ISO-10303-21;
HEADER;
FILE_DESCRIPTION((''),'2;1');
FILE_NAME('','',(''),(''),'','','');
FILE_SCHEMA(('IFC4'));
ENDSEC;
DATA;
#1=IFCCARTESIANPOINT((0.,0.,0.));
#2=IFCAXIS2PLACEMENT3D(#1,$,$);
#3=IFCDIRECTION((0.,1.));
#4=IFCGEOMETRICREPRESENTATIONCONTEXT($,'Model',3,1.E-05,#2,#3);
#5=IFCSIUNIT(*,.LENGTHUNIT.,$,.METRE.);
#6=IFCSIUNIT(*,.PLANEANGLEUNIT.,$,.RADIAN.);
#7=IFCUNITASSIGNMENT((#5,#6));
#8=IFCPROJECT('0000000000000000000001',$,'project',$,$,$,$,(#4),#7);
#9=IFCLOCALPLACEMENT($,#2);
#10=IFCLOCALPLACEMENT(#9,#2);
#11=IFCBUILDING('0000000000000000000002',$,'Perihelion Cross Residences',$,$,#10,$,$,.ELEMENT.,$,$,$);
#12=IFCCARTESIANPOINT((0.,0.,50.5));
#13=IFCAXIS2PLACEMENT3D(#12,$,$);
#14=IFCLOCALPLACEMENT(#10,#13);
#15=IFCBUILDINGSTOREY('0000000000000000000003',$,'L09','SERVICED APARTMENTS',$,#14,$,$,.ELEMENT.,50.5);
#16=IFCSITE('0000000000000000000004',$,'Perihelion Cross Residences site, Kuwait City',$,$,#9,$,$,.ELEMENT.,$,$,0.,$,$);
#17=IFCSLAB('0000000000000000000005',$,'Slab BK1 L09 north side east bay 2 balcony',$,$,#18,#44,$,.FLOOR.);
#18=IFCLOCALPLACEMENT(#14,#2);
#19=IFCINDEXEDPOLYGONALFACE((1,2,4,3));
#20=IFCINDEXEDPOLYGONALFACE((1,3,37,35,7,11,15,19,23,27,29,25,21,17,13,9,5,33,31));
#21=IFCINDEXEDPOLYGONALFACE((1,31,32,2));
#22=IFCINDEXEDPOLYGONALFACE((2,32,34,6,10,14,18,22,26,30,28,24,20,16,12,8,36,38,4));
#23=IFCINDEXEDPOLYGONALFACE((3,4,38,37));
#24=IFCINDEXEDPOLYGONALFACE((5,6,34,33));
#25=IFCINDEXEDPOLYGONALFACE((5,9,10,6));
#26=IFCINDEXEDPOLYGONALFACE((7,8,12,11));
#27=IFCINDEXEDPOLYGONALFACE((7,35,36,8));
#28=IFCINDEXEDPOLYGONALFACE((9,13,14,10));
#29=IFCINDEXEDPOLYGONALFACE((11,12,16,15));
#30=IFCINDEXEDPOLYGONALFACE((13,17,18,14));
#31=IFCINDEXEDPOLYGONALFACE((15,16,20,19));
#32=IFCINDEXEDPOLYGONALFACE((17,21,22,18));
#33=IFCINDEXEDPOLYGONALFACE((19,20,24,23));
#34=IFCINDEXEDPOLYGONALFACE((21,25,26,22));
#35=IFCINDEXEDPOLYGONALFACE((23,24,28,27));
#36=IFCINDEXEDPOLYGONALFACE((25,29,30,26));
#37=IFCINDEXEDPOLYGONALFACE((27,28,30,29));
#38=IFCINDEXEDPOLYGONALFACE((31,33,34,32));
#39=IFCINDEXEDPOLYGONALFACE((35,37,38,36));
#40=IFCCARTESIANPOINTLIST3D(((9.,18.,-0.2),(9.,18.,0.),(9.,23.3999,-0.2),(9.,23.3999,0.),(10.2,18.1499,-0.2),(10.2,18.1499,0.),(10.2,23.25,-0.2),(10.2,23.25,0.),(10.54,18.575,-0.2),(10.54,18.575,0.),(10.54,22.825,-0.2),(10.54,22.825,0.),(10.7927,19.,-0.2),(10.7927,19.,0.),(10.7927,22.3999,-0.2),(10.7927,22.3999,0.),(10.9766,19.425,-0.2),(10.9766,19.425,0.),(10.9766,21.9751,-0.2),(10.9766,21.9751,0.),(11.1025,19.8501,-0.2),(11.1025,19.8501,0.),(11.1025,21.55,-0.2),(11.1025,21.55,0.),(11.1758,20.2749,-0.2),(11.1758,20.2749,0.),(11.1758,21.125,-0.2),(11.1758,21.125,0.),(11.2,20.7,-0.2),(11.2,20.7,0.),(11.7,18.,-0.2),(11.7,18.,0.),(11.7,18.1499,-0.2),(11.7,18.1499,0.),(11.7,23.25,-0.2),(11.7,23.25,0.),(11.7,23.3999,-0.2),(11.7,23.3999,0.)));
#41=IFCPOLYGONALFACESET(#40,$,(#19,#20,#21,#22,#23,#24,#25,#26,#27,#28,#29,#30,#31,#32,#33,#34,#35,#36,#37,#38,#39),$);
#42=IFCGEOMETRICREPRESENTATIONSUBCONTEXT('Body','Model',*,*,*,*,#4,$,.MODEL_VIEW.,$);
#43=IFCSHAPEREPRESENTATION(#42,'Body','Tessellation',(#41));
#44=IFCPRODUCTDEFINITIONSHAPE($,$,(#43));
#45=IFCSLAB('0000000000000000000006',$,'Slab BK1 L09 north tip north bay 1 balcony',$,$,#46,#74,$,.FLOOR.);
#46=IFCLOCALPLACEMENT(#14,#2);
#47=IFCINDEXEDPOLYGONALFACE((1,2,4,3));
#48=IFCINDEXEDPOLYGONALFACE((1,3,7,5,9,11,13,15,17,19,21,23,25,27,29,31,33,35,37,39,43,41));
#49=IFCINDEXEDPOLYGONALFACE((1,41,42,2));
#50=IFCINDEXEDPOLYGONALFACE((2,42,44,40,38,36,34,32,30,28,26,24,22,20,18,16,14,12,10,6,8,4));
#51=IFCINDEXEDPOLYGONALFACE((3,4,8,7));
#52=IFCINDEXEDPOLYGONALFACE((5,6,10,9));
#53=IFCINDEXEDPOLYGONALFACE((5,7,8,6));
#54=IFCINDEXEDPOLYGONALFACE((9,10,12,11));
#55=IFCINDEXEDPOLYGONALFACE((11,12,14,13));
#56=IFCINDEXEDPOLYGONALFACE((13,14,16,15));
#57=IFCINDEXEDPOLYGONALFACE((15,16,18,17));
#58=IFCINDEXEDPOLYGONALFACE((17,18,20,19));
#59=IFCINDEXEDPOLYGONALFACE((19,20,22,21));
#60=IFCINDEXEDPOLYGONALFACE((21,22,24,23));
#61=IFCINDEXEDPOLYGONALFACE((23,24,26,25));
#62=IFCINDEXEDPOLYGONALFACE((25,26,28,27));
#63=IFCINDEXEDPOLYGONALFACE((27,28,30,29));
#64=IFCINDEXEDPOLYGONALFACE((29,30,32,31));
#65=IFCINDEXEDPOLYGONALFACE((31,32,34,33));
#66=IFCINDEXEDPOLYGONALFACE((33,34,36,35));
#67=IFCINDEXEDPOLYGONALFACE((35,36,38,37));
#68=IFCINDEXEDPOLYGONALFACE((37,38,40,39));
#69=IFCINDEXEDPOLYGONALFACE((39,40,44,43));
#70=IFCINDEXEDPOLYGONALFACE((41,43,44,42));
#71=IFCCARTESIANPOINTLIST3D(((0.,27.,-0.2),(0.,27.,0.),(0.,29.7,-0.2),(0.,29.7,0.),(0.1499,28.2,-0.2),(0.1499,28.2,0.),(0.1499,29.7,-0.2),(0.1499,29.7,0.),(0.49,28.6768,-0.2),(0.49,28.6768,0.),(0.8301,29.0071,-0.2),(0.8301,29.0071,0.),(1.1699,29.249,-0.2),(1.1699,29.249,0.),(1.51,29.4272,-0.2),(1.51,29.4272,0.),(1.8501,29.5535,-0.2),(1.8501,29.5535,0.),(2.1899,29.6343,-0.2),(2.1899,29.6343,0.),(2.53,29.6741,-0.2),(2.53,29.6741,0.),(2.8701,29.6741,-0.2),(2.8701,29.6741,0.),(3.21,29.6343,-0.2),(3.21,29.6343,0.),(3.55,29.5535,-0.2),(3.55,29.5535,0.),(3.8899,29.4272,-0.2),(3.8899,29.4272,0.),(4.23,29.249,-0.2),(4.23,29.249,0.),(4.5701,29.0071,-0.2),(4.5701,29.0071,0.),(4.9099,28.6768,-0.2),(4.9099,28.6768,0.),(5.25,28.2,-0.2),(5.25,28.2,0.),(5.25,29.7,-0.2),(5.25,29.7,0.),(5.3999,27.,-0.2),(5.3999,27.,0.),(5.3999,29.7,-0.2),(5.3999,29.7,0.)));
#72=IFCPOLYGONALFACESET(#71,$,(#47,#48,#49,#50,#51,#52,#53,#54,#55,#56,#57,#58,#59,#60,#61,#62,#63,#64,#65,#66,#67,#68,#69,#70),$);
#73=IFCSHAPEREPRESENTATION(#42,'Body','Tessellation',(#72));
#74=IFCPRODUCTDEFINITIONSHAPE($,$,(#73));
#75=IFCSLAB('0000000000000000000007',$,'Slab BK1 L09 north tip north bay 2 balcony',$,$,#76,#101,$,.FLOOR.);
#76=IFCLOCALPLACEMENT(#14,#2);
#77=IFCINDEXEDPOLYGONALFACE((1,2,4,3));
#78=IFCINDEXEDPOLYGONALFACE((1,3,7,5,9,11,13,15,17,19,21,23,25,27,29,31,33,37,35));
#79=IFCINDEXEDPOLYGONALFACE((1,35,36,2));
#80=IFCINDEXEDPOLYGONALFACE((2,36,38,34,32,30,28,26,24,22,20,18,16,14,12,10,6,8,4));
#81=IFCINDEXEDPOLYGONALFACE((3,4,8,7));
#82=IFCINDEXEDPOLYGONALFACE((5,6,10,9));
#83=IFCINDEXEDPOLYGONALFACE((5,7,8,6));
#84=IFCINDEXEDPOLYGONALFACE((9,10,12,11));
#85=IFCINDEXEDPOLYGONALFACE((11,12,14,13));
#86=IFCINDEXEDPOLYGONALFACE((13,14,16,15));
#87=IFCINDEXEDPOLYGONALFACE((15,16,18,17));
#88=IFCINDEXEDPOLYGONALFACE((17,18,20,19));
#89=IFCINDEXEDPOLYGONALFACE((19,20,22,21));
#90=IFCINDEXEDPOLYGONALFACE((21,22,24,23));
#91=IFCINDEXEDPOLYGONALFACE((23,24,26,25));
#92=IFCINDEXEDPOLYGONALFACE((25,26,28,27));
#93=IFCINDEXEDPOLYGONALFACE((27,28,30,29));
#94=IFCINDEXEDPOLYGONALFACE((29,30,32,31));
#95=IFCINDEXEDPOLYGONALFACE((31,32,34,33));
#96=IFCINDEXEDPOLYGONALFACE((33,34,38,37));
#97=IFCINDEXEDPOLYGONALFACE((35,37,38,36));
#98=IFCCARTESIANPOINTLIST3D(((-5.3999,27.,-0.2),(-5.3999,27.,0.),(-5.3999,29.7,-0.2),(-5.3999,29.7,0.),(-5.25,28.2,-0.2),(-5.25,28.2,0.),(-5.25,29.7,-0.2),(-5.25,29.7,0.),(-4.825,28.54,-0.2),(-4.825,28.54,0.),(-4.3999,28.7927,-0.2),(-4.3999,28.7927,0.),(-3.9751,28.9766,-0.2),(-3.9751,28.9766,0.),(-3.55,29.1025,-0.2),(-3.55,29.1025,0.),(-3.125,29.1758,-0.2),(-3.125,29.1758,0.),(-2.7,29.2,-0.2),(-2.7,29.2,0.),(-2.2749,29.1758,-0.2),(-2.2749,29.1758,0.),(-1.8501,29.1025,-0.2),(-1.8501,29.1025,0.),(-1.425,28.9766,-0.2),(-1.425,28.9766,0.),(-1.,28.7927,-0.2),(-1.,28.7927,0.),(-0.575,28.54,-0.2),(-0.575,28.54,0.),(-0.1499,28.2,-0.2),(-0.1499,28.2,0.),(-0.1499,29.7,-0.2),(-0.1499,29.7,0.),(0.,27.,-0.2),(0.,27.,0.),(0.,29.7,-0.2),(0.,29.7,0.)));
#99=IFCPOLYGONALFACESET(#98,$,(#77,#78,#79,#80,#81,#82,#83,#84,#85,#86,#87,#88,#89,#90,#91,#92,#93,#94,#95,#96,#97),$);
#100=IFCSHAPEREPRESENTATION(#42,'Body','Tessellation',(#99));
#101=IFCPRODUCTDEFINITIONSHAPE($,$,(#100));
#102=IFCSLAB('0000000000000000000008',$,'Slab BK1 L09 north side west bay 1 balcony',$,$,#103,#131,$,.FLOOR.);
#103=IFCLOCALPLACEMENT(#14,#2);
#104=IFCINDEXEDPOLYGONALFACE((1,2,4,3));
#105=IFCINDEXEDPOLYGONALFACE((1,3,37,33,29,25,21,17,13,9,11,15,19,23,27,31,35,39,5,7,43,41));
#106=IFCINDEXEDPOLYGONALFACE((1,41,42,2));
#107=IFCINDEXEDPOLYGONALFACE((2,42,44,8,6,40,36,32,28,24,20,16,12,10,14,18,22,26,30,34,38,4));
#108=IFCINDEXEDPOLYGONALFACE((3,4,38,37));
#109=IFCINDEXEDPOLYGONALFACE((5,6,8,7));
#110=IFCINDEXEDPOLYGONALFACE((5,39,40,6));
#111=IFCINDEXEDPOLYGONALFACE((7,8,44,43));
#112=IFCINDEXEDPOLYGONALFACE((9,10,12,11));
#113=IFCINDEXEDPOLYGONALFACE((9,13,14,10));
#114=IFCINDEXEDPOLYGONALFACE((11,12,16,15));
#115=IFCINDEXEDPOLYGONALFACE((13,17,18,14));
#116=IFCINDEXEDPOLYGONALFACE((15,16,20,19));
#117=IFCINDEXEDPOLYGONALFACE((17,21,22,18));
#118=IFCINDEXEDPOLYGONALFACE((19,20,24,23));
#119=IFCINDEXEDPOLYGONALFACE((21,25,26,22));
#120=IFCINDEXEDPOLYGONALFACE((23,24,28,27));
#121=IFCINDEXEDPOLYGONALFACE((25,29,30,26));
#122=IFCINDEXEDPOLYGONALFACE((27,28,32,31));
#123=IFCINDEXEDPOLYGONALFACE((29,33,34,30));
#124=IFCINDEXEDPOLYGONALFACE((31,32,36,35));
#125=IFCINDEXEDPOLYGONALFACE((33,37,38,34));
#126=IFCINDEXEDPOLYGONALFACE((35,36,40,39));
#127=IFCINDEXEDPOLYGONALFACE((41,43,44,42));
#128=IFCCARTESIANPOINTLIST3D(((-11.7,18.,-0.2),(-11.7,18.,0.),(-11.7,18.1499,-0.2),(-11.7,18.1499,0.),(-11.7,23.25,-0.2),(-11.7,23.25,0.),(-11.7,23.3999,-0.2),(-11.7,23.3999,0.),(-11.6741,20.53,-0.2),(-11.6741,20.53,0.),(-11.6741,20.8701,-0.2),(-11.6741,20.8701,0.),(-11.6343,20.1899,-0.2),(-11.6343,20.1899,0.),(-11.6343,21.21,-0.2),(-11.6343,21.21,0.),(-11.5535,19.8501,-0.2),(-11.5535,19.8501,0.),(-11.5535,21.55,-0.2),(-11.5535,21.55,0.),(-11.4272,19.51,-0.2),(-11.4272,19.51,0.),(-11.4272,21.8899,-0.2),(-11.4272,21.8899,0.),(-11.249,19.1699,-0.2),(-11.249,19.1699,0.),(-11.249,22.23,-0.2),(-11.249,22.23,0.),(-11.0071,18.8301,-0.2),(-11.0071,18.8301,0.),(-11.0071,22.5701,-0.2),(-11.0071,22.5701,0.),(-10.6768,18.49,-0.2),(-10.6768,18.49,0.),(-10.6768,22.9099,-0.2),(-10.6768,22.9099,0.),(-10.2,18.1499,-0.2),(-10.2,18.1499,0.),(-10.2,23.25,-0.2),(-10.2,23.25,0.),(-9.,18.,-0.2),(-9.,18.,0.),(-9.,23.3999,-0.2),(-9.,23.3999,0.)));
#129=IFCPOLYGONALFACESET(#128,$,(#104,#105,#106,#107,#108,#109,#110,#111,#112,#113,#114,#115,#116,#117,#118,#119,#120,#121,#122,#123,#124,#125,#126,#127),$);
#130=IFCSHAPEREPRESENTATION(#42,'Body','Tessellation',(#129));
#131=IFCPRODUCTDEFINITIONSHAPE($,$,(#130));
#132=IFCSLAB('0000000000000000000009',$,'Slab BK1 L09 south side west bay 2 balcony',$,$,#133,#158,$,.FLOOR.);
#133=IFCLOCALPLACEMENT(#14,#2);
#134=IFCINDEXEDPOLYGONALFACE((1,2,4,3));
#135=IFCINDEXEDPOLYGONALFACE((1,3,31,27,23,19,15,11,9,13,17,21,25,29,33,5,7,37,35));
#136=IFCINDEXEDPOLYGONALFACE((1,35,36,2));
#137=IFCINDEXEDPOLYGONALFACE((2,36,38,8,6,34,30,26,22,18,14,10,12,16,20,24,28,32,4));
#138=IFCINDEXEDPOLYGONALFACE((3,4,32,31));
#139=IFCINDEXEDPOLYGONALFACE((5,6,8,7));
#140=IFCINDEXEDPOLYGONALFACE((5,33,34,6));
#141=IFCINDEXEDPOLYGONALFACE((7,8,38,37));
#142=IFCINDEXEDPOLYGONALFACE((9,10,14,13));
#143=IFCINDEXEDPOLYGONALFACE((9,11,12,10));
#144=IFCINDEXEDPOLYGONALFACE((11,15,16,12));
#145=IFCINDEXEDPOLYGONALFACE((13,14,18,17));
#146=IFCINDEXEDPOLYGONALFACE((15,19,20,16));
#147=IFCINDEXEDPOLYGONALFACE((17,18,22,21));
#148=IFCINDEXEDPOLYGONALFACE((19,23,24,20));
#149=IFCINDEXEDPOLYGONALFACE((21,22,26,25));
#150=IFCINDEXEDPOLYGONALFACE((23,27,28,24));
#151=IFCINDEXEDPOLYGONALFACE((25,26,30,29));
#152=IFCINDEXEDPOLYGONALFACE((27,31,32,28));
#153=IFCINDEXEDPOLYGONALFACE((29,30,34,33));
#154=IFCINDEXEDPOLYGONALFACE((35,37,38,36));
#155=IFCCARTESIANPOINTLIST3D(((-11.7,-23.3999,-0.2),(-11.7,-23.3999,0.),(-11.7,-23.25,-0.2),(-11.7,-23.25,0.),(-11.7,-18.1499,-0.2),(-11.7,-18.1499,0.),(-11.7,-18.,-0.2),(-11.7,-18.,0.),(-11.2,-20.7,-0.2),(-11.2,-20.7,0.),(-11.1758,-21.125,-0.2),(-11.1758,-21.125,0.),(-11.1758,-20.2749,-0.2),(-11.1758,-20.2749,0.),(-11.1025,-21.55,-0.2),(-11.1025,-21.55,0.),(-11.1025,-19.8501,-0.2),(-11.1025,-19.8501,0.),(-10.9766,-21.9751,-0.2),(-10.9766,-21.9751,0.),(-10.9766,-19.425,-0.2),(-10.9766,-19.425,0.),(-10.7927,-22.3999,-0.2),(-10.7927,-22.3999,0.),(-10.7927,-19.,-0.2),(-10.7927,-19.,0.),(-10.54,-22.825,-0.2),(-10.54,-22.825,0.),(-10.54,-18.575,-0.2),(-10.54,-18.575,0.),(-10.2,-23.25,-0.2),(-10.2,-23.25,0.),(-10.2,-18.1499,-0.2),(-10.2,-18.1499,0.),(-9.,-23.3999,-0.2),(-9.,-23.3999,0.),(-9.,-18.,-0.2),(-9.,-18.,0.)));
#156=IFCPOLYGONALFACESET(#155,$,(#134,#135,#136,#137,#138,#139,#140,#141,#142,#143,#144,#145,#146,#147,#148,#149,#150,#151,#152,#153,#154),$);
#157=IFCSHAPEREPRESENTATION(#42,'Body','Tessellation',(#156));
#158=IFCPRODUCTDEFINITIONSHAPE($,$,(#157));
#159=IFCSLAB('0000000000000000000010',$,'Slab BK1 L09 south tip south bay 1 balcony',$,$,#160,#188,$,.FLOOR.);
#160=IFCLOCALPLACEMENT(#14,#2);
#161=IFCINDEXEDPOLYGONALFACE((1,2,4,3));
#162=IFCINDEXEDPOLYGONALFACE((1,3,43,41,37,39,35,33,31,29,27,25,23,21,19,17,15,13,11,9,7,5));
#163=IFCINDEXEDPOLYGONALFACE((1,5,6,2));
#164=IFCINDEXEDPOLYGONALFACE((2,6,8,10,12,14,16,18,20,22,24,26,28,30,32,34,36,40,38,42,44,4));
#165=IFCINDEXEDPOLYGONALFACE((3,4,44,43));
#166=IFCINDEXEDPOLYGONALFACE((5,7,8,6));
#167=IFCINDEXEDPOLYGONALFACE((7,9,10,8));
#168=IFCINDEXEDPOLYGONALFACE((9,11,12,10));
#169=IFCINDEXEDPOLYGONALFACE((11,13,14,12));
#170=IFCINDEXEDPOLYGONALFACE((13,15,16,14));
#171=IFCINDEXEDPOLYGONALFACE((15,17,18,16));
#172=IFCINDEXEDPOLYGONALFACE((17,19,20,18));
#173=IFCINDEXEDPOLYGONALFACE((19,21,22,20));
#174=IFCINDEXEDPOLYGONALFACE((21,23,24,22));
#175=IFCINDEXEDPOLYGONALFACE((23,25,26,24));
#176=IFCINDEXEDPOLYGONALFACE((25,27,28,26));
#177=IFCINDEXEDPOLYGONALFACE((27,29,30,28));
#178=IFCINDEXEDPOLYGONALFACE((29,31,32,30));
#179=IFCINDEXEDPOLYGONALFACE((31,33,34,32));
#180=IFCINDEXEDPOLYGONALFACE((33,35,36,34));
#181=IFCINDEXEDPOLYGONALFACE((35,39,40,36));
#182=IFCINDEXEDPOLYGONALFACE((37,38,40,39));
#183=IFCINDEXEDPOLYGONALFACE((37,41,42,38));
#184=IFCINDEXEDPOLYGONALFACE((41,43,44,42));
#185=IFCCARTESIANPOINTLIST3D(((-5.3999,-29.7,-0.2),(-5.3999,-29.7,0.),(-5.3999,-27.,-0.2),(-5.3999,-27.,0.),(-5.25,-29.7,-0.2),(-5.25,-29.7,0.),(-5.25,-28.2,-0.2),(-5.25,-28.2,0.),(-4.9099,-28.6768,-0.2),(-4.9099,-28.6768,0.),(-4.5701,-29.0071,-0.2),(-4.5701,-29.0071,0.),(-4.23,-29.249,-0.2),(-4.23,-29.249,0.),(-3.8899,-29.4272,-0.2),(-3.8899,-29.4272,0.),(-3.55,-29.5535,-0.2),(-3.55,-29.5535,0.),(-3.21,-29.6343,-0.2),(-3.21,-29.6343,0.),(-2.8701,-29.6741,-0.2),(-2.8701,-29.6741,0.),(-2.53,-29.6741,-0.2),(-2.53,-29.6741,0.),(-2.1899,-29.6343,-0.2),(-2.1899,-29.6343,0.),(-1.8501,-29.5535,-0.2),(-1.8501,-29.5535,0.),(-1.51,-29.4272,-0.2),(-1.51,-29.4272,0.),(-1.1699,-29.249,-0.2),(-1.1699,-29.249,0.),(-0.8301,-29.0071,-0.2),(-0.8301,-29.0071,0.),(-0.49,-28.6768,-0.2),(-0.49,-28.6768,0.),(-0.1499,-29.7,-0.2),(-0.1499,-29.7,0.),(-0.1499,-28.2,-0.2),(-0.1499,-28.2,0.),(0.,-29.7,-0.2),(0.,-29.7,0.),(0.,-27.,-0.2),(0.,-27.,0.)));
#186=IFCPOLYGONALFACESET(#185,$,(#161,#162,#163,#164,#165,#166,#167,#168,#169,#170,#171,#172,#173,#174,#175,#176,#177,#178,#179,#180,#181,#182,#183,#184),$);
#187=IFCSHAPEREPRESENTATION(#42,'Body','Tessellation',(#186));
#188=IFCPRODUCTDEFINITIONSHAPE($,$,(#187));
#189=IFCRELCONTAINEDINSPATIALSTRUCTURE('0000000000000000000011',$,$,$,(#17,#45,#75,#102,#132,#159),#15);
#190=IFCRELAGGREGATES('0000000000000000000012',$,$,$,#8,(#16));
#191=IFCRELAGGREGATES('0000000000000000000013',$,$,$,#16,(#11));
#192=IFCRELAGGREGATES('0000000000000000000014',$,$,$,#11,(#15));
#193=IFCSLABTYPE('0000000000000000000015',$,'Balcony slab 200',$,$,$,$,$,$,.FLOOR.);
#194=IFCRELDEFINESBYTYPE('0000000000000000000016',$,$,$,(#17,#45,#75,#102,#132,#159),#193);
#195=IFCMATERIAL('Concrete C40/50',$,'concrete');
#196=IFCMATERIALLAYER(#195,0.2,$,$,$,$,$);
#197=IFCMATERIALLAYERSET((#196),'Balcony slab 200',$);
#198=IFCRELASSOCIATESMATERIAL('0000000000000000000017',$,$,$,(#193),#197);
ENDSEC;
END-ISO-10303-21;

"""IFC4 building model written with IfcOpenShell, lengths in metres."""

from ifc_helpers import new_model, si_unit, direction, frame, origin, place, context, subcontext, project, spatial, polyline, outline, extrude, material, layer, layer_set, type_object, element, save


model = new_model("IFC4")

# Units and contexts
model_context = context("Model", 3, precision=1e-05, world=origin(), true_north=direction((0.0, 1.0)))
body_context = subcontext(model_context, "Body", "Model", "MODEL_VIEW")
ifc_project = project(units=[si_unit("LENGTHUNIT", "METRE"), si_unit("PLANEANGLEUNIT", "RADIAN")], contexts=[model_context])

# Site, building, storey
site_placement = place(None, origin())
site = spatial("IfcSite", under=ifc_project, at=site_placement, Name="Perihelion Cross Residences site, Kuwait City", CompositionType="ELEMENT", RefElevation=0.0)
building_placement = place(site_placement, origin())
building = spatial("IfcBuilding", under=site, at=building_placement, Name="Perihelion Cross Residences", CompositionType="ELEMENT")
storey_placement = place(building_placement, frame((0.0, 0.0, 50.5)))
storey = spatial("IfcBuildingStorey", under=building, at=storey_placement, Name="L09", Description="SERVICED APARTMENTS", CompositionType="ELEMENT", Elevation=50.5)

# Slabs
ifc_material_1 = material(Name="Concrete C40/50", Category="concrete")
ifc_layer_1 = layer(ifc_material_1, 0.2)
ifc_layer_set_1 = layer_set([ifc_layer_1], Name="Balcony slab 200")
slab_type_1 = type_object("IfcSlabType", Name="Balcony slab 200", PredefinedType="FLOOR", material=ifc_layer_set_1)
slab_1_placement = place(storey_placement, frame((0.0, 0.0, -0.2)))
element("IfcSlab", 1, at=slab_1_placement, inside=storey, type_object=slab_type_1, Name="Slab BK1 L09 north side east bay 2 balcony", PredefinedType="FLOOR", context=body_context, shape_type="SweptSolid", body=[
    extrude(outline(polyline([(9.0, 18.0), (9.0, 23.3999), (11.7, 23.3999), (11.7, 23.25), (10.2, 23.25), (10.54, 22.825), (10.7927, 22.3999), (10.9766, 21.9751), (11.1025, 21.55), (11.1758, 21.125), (11.2, 20.7), (11.1758, 20.2749), (11.1025, 19.8501), (10.9766, 19.425), (10.7927, 19.0), (10.54, 18.575), (10.2, 18.1499), (11.7, 18.1499), (11.7, 18.0), (9.0, 18.0)])), origin(), (0.0, 0.0, 1.0), 0.2),
])
slab_2_placement = place(storey_placement, frame((0.0, 0.0, -0.2)))
element("IfcSlab", 2, at=slab_2_placement, inside=storey, type_object=slab_type_1, Name="Slab BK1 L09 north tip north bay 1 balcony", PredefinedType="FLOOR", context=body_context, shape_type="SweptSolid", body=[
    extrude(outline(polyline([(5.3999, 27.0), (0.0, 27.0), (0.0, 29.7), (0.1499, 29.7), (0.1499, 28.2), (0.49, 28.6768), (0.8301, 29.0071), (1.1699, 29.249), (1.51, 29.4272), (1.8501, 29.5535), (2.1899, 29.6343), (2.53, 29.6741), (2.8701, 29.6741), (3.21, 29.6343), (3.55, 29.5535), (3.8899, 29.4272), (4.23, 29.249), (4.5701, 29.0071), (4.9099, 28.6768), (5.25, 28.2), (5.25, 29.7), (5.3999, 29.7), (5.3999, 27.0)])), origin(), (0.0, 0.0, 1.0), 0.2),
])
slab_3_placement = place(storey_placement, frame((0.0, 0.0, -0.2)))
element("IfcSlab", 3, at=slab_3_placement, inside=storey, type_object=slab_type_1, Name="Slab BK1 L09 north tip north bay 2 balcony", PredefinedType="FLOOR", context=body_context, shape_type="SweptSolid", body=[
    extrude(outline(polyline([(0.0, 27.0), (-5.3999, 27.0), (-5.3999, 29.7), (-5.25, 29.7), (-5.25, 28.2), (-4.825, 28.54), (-4.3999, 28.7927), (-3.9751, 28.9766), (-3.55, 29.1025), (-3.125, 29.1758), (-2.7, 29.2), (-2.2749, 29.1758), (-1.8501, 29.1025), (-1.425, 28.9766), (-1.0, 28.7927), (-0.575, 28.54), (-0.1499, 28.2), (-0.1499, 29.7), (0.0, 29.7), (0.0, 27.0)])), origin(), (0.0, 0.0, 1.0), 0.2),
])
slab_4_placement = place(storey_placement, frame((0.0, 0.0, -0.2)))
element("IfcSlab", 4, at=slab_4_placement, inside=storey, type_object=slab_type_1, Name="Slab BK1 L09 north side west bay 1 balcony", PredefinedType="FLOOR", context=body_context, shape_type="SweptSolid", body=[
    extrude(outline(polyline([(-9.0, 23.3999), (-9.0, 18.0), (-11.7, 18.0), (-11.7, 18.1499), (-10.2, 18.1499), (-10.6768, 18.49), (-11.0071, 18.8301), (-11.249, 19.1699), (-11.4272, 19.51), (-11.5535, 19.8501), (-11.6343, 20.1899), (-11.6741, 20.53), (-11.6741, 20.8701), (-11.6343, 21.21), (-11.5535, 21.55), (-11.4272, 21.8899), (-11.249, 22.23), (-11.0071, 22.5701), (-10.6768, 22.9099), (-10.2, 23.25), (-11.7, 23.25), (-11.7, 23.3999), (-9.0, 23.3999)])), origin(), (0.0, 0.0, 1.0), 0.2),
])
slab_5_placement = place(storey_placement, frame((0.0, 0.0, -0.2)))
element("IfcSlab", 5, at=slab_5_placement, inside=storey, type_object=slab_type_1, Name="Slab BK1 L09 south side west bay 2 balcony", PredefinedType="FLOOR", context=body_context, shape_type="SweptSolid", body=[
    extrude(outline(polyline([(-9.0, -18.0), (-9.0, -23.3999), (-11.7, -23.3999), (-11.7, -23.25), (-10.2, -23.25), (-10.54, -22.825), (-10.7927, -22.3999), (-10.9766, -21.9751), (-11.1025, -21.55), (-11.1758, -21.125), (-11.2, -20.7), (-11.1758, -20.2749), (-11.1025, -19.8501), (-10.9766, -19.425), (-10.7927, -19.0), (-10.54, -18.575), (-10.2, -18.1499), (-11.7, -18.1499), (-11.7, -18.0), (-9.0, -18.0)])), origin(), (0.0, 0.0, 1.0), 0.2),
])
slab_6_placement = place(storey_placement, frame((0.0, 0.0, -0.2)))
element("IfcSlab", 6, at=slab_6_placement, inside=storey, type_object=slab_type_1, Name="Slab BK1 L09 south tip south bay 1 balcony", PredefinedType="FLOOR", context=body_context, shape_type="SweptSolid", body=[
    extrude(outline(polyline([(-5.3999, -27.0), (0.0, -27.0), (0.0, -29.7), (-0.1499, -29.7), (-0.1499, -28.2), (-0.49, -28.6768), (-0.8301, -29.0071), (-1.1699, -29.249), (-1.51, -29.4272), (-1.8501, -29.5535), (-2.1899, -29.6343), (-2.53, -29.6741), (-2.8701, -29.6741), (-3.21, -29.6343), (-3.55, -29.5535), (-3.8899, -29.4272), (-4.23, -29.249), (-4.5701, -29.0071), (-4.9099, -28.6768), (-5.25, -28.2), (-5.25, -29.7), (-5.3999, -29.7), (-5.3999, -27.0)])), origin(), (0.0, 0.0, 1.0), 0.2),
])

save(model, "model.ifc")
